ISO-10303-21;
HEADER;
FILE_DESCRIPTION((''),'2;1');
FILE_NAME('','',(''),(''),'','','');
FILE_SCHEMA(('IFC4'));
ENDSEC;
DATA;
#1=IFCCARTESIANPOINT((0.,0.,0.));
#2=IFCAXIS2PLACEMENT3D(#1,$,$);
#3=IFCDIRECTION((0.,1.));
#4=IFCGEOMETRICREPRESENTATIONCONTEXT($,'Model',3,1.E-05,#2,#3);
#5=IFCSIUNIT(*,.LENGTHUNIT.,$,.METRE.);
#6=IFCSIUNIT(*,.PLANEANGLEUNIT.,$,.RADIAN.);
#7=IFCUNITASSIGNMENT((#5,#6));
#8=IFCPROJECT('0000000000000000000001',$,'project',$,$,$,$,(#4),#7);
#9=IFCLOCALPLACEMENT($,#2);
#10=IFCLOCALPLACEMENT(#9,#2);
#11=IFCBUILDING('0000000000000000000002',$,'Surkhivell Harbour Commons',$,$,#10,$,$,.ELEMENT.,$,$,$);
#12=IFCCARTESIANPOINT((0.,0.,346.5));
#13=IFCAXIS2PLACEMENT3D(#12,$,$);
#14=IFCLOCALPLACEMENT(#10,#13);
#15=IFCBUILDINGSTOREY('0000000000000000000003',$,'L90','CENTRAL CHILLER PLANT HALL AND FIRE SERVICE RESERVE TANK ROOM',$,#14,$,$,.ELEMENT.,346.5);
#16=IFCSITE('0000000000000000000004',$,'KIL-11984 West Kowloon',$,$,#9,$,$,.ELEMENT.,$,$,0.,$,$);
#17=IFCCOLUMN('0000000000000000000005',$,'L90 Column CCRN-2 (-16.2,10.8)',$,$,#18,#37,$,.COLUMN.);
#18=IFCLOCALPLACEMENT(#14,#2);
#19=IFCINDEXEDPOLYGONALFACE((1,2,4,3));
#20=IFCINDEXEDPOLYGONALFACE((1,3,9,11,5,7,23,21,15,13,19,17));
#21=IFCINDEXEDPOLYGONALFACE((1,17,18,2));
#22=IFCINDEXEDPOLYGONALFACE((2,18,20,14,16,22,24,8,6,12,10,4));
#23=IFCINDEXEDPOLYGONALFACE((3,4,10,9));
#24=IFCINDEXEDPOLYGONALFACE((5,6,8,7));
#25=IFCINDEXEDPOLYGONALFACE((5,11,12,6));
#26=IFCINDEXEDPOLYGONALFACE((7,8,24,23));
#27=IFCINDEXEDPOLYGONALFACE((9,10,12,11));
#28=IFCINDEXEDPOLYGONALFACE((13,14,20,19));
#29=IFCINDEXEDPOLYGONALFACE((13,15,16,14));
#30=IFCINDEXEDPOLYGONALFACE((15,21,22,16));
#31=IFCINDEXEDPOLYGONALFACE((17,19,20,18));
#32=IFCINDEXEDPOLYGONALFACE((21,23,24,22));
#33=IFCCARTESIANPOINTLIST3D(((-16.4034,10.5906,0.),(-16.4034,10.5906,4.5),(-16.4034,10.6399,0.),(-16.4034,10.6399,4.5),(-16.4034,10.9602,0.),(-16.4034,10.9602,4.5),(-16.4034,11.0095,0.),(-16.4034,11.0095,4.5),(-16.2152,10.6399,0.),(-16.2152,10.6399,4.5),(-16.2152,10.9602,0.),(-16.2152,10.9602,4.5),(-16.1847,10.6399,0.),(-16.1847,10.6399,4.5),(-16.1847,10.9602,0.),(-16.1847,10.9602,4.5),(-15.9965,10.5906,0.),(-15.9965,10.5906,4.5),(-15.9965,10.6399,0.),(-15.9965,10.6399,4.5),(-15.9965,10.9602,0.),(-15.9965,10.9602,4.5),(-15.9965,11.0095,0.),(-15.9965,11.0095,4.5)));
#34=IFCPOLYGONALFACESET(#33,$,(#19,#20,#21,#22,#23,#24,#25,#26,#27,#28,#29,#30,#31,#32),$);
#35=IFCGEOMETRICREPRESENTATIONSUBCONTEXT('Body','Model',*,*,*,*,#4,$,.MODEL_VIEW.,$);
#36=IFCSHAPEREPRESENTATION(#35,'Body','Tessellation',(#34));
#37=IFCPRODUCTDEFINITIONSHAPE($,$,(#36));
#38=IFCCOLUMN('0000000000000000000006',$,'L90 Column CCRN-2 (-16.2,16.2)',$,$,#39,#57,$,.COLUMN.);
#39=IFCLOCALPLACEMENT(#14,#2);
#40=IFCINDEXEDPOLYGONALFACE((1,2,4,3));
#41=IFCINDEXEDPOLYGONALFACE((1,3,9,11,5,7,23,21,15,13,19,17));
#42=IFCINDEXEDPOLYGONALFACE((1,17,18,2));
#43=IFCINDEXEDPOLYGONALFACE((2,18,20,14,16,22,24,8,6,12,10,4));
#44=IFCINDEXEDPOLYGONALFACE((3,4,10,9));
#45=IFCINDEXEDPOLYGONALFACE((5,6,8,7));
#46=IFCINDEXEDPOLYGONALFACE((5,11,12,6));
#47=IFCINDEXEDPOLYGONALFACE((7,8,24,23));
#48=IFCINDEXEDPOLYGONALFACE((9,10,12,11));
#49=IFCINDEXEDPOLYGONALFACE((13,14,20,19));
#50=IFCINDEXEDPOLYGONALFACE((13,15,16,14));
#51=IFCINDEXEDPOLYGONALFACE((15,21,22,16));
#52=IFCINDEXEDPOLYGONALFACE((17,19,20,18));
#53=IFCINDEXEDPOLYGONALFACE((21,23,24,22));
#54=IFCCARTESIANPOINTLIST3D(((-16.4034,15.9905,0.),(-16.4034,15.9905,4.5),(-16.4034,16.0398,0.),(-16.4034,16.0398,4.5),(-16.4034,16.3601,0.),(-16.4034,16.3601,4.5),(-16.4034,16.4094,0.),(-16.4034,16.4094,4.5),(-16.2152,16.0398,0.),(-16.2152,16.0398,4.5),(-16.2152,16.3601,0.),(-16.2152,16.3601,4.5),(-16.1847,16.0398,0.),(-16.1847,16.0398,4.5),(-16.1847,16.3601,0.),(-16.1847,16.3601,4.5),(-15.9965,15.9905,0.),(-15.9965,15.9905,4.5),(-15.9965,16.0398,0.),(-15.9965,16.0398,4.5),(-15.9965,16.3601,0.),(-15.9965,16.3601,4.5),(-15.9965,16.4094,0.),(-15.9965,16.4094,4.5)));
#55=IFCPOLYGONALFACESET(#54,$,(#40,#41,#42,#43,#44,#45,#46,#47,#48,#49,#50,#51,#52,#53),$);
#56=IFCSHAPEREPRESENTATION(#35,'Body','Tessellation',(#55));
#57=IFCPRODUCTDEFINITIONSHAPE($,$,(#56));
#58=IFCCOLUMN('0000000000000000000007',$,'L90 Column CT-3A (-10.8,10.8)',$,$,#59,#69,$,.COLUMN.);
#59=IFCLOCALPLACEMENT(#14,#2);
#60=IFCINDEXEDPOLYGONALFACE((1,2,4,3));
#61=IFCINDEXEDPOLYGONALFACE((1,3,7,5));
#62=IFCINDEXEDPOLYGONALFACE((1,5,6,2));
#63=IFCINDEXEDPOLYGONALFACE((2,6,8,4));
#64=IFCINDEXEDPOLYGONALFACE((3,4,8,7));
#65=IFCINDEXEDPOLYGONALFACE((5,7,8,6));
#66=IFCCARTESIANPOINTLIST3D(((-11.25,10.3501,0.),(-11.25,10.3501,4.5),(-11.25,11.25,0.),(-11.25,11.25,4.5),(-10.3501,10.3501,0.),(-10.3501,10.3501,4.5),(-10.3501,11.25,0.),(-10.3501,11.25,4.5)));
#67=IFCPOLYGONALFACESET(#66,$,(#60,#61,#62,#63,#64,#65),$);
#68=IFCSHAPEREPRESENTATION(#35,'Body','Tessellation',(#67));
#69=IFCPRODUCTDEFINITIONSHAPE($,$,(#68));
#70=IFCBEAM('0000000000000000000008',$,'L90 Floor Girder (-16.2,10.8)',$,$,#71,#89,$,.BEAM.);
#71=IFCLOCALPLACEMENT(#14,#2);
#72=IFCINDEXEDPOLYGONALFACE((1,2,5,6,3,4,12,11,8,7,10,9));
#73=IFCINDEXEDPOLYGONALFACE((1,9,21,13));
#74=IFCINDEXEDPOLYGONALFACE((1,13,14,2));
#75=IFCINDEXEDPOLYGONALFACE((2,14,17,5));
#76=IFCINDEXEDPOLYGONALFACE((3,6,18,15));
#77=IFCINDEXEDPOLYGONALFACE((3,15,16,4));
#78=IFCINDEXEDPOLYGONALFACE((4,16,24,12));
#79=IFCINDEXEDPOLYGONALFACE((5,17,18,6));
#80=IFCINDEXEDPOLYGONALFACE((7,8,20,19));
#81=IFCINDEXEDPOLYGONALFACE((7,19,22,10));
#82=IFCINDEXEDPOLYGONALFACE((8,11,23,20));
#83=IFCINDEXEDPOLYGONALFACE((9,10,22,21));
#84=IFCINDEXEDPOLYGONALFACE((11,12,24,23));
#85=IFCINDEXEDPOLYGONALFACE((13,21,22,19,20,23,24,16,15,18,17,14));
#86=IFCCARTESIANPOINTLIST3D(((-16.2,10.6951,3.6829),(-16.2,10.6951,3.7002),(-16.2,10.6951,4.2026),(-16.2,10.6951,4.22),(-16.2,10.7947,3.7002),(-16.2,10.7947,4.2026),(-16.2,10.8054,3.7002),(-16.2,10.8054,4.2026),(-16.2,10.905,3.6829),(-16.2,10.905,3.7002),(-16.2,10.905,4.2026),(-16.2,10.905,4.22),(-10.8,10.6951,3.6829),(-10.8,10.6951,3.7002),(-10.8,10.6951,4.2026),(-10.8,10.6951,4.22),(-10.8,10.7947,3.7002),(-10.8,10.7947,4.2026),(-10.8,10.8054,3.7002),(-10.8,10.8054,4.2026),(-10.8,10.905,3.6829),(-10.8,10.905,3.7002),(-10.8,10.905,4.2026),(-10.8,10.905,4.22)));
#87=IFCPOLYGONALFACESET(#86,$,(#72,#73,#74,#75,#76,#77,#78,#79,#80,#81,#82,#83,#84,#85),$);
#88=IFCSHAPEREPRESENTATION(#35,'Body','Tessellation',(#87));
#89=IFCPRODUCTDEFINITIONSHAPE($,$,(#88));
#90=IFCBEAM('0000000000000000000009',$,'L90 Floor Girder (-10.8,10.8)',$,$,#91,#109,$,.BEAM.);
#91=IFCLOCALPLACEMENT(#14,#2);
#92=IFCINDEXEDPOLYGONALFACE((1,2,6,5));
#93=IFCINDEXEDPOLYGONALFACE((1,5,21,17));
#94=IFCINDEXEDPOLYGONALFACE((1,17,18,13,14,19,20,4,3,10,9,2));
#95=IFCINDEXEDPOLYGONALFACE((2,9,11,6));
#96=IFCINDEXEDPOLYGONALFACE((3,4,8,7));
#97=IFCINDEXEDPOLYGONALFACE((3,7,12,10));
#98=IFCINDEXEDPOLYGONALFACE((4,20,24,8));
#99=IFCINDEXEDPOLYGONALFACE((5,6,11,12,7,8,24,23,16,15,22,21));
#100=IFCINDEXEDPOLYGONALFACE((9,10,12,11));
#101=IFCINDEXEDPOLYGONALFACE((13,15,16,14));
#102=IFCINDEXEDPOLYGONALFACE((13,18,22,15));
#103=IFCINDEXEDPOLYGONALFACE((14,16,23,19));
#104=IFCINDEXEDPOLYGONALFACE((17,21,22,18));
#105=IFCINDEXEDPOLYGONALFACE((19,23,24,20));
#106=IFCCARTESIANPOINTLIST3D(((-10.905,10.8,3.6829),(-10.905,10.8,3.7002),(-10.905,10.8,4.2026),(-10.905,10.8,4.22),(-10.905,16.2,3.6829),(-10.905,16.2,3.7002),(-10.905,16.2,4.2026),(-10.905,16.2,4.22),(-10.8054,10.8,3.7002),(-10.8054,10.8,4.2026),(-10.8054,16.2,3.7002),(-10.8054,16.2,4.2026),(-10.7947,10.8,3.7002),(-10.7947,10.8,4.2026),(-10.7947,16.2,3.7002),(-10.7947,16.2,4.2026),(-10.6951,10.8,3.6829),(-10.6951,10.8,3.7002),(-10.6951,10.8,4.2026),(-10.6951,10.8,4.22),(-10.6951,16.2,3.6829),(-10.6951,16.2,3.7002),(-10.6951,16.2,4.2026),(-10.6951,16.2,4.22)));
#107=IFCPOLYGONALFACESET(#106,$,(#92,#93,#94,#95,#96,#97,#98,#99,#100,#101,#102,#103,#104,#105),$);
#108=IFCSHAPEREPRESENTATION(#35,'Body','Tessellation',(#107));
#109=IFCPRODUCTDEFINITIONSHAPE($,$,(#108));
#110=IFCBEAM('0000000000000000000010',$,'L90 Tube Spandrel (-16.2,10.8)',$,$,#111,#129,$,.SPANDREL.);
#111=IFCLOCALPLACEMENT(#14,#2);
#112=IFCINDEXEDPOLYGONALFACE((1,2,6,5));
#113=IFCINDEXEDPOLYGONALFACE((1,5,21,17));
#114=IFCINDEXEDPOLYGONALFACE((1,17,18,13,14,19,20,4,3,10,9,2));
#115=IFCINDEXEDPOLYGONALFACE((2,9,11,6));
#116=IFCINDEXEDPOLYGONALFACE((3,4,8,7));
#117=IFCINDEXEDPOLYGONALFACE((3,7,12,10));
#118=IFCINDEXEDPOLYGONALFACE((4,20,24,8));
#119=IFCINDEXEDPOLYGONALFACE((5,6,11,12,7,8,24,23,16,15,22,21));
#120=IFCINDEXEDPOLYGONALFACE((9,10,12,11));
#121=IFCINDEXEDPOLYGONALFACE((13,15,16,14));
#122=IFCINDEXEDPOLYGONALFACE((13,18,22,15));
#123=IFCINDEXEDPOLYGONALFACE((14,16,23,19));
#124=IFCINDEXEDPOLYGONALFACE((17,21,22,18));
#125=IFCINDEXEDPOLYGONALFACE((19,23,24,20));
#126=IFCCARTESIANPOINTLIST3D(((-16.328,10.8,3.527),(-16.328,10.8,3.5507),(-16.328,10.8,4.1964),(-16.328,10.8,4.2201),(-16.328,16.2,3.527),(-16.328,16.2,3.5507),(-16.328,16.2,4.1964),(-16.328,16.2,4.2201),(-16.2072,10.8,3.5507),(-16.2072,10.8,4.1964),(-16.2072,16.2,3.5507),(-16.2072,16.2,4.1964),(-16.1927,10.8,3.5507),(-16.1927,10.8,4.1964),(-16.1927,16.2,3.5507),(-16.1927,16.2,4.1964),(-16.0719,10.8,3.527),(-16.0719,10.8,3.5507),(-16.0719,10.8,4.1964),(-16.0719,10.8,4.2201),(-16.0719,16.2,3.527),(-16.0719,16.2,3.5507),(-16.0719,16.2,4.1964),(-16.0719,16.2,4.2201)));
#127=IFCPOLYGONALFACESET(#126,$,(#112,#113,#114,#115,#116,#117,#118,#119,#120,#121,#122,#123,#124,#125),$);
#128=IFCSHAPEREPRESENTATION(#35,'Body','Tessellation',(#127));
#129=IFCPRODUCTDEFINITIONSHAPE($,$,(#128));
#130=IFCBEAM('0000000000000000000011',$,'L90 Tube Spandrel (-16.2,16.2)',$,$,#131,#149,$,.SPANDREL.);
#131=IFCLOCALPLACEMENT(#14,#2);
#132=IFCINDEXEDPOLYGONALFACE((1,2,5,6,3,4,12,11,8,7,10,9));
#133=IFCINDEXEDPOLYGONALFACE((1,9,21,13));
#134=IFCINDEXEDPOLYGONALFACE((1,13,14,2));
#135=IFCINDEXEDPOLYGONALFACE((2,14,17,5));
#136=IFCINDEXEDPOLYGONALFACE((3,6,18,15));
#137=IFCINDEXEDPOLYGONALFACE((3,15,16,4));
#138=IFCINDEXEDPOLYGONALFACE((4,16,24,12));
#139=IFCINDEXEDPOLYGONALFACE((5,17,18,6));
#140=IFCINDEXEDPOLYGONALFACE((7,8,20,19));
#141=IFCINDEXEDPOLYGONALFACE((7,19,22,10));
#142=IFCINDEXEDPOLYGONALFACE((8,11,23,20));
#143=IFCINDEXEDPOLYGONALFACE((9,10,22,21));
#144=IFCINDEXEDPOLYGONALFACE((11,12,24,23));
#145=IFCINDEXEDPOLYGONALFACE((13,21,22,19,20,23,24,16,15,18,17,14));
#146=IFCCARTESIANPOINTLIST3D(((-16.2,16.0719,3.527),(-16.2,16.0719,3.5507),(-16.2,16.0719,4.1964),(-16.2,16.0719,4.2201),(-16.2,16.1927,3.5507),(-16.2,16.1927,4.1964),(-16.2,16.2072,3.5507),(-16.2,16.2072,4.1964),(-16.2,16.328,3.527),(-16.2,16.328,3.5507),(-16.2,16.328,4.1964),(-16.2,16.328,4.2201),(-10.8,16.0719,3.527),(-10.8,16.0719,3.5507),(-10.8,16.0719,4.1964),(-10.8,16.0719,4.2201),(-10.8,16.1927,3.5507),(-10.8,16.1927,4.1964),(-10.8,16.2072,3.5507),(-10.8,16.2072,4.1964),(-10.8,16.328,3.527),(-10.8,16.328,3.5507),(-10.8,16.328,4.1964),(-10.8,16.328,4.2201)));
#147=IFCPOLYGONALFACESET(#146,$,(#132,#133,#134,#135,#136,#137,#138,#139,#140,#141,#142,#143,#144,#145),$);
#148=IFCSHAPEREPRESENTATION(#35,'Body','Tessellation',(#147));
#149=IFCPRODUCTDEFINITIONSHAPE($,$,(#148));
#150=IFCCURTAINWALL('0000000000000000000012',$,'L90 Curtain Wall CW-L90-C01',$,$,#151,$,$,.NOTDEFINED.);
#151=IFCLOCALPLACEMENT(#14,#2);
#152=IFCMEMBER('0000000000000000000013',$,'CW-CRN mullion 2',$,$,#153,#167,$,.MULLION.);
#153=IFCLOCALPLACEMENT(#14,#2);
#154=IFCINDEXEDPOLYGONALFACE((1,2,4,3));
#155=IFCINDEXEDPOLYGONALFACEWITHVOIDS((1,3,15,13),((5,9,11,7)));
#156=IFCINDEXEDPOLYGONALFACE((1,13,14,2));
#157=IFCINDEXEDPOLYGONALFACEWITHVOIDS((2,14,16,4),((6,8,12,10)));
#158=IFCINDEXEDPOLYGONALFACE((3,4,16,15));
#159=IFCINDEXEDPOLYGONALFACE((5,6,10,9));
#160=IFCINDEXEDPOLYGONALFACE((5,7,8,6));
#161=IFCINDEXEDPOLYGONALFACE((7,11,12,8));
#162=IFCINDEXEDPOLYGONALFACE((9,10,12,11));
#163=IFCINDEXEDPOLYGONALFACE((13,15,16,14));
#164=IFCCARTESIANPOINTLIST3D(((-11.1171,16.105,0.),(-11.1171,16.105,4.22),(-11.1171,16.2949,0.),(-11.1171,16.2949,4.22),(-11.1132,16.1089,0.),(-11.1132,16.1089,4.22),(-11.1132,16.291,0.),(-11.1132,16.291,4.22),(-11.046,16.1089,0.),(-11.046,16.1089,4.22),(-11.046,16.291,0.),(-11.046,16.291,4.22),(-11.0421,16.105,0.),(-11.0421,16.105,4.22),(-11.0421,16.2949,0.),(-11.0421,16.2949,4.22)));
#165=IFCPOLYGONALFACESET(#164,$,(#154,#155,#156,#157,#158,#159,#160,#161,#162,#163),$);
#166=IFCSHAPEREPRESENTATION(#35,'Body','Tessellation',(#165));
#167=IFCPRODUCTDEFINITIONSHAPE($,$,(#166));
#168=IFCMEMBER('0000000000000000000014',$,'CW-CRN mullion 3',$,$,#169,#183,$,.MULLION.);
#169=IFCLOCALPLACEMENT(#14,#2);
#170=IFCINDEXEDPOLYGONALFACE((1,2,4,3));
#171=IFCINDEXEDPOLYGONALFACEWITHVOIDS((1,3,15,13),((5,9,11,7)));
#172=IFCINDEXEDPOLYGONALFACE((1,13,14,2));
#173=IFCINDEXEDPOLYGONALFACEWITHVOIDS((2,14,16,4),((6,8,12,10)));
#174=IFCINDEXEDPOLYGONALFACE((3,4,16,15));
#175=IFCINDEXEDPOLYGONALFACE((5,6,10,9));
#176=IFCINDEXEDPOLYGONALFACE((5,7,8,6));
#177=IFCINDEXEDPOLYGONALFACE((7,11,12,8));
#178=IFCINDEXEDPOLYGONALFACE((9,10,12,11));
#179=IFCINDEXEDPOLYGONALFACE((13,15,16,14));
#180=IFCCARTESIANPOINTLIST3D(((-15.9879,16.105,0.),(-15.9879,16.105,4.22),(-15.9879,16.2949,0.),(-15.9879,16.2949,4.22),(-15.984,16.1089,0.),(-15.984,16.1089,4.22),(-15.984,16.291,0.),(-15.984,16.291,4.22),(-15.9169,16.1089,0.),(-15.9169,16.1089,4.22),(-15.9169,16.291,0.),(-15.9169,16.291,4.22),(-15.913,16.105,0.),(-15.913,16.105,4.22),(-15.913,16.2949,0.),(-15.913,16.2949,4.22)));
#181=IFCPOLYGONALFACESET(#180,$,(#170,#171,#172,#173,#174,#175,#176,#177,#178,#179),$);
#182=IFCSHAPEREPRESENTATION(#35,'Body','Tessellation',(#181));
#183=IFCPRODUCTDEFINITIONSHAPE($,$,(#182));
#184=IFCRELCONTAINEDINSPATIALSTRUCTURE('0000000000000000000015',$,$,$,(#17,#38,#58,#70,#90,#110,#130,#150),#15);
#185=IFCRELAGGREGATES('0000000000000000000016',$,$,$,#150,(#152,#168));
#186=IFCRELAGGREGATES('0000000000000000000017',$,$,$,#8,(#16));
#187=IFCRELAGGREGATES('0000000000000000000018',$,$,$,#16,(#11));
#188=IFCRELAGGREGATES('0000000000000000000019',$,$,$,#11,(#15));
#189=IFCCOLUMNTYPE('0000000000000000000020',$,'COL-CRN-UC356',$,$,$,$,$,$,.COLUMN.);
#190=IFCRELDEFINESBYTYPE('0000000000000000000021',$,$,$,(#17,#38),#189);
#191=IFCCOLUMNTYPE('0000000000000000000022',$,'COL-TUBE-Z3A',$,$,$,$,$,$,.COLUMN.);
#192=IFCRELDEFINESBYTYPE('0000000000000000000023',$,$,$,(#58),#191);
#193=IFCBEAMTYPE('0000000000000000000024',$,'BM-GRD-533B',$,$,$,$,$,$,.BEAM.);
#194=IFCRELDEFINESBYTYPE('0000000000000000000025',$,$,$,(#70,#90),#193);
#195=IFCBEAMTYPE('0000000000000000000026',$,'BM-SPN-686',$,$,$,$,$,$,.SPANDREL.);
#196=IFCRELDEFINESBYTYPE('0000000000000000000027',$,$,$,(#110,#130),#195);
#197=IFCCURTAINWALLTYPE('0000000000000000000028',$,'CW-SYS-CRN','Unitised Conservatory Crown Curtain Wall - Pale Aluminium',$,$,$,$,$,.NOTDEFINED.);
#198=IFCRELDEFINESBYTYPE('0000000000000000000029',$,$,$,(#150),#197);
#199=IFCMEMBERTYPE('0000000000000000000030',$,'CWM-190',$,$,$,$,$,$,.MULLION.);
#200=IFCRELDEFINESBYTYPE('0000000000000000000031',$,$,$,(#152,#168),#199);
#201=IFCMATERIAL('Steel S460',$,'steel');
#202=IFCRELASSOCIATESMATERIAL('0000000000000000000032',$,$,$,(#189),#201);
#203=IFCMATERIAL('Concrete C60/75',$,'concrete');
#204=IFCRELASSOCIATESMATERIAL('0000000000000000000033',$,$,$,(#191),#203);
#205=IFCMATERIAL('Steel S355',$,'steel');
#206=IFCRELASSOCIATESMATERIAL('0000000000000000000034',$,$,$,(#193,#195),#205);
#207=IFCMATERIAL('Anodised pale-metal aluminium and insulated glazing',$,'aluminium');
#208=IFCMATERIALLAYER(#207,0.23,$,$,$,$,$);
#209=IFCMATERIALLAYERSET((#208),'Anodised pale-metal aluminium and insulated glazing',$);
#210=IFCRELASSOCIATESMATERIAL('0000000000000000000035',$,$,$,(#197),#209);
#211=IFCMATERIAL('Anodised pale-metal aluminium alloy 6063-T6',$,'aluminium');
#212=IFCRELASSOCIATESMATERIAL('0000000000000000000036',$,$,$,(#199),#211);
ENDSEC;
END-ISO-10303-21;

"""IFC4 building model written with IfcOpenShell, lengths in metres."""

from ifc_helpers import new_model, si_unit, direction, frame, origin, origin_2d, place, context, subcontext, project, spatial, rectangle, hollow_rectangle, i_section, extrude, material, layer, layer_set, material_profile, profile_set, type_object, element, aggregate, save


model = new_model("IFC4")

# Units and contexts
model_context = context("Model", 3, precision=1e-05, world=origin(), true_north=direction((0.0, 1.0)))
body_context = subcontext(model_context, "Body", "Model", "MODEL_VIEW")
ifc_project = project(units=[si_unit("LENGTHUNIT", "METRE"), si_unit("PLANEANGLEUNIT", "RADIAN")], contexts=[model_context])

# Site, building, storey
site_placement = place(None, origin())
site = spatial("IfcSite", under=ifc_project, at=site_placement, Name="KIL-11984 West Kowloon", CompositionType="ELEMENT", RefElevation=0.0)
building_placement = place(site_placement, origin())
building = spatial("IfcBuilding", under=site, at=building_placement, Name="Surkhivell Harbour Commons", CompositionType="ELEMENT")
storey_placement = place(building_placement, frame((0.0, 0.0, 346.5)))
storey = spatial("IfcBuildingStorey", under=building, at=storey_placement, Name="L90", Description="CENTRAL CHILLER PLANT HALL AND FIRE SERVICE RESERVE TANK ROOM", CompositionType="ELEMENT", Elevation=346.5)

# Columns
ifc_material_1 = material(Name="Steel S460", Category="steel")
ifc_material_profile_1 = material_profile(ifc_material_1, i_section(OverallWidth=0.407, OverallDepth=0.4189, WebThickness=0.0305, FlangeThickness=0.0493, at=origin_2d()), Name="UC356x406x393")
ifc_profile_set_1 = profile_set([ifc_material_profile_1], Name="Steel S460")
column_type_1 = type_object("IfcColumnType", Name="COL-CRN-UC356", PredefinedType="COLUMN", material=ifc_profile_set_1)
for number, where, z_axis, x_axis, name in (
    (1, (-16.2, 10.8, 0.0), (0.0, 0.0, 1.0), (1.0, 0.0, 0.0), "L90 Column CCRN-2 (-16.2,10.8)"),
    (2, (-16.2, 16.2, 0.0), (0.0, 0.0, 1.0), (1.0, 0.0, 0.0), "L90 Column CCRN-2 (-16.2,16.2)"),
):
    element("IfcColumn", number, at=place(storey_placement, frame(where, z_axis=z_axis, x_axis=x_axis)), inside=storey, type_object=column_type_1, Name=name, PredefinedType="COLUMN", context=body_context, shape_type="SweptSolid", body=[
        extrude(i_section(OverallWidth=0.407, OverallDepth=0.4189, WebThickness=0.0305, FlangeThickness=0.0493, at=origin_2d()), origin(), (0.0, 0.0, 1.0), 4.5),
    ])
ifc_material_2 = material(Name="Concrete C60/75", Category="concrete")
ifc_material_profile_2 = material_profile(ifc_material_2, rectangle(XDim=0.8999, YDim=0.8999, at=origin_2d()), Name="RC-COL-900x900")
ifc_profile_set_2 = profile_set([ifc_material_profile_2], Name="Concrete C60/75")
column_type_2 = type_object("IfcColumnType", Name="COL-TUBE-Z3A", PredefinedType="COLUMN", material=ifc_profile_set_2)
column_placement = place(storey_placement, frame((-10.8, 10.8, 0.0), z_axis=(0.0, 0.0, 1.0), x_axis=(1.0, 0.0, 0.0)))
element("IfcColumn", 3, at=column_placement, inside=storey, type_object=column_type_2, Name="L90 Column CT-3A (-10.8,10.8)", PredefinedType="COLUMN", context=body_context, shape_type="SweptSolid", body=[
    extrude(rectangle(XDim=0.8999, YDim=0.8999, at=origin_2d()), origin(), (0.0, 0.0, 1.0), 4.5),
])

# Beams
ifc_material_3 = material(Name="Steel S355", Category="steel")
ifc_material_profile_3 = material_profile(ifc_material_3, i_section(OverallWidth=0.21, OverallDepth=0.5371, WebThickness=0.0107, FlangeThickness=0.0173, at=origin_2d()), Name="UB533x210x101")
ifc_profile_set_3 = profile_set([ifc_material_profile_3], Name="Steel S355")
beam_type_1 = type_object("IfcBeamType", Name="BM-GRD-533B", PredefinedType="BEAM", material=ifc_profile_set_3)
for number, where, z_axis, x_axis, name in (
    (4, (-16.2, 10.8, 3.9514), (1.0, 0.0, 0.0), (0.0, 1.0, 0.0), "L90 Floor Girder (-16.2,10.8)"),
    (5, (-10.8, 10.8, 3.9514), (0.0, 1.0, 0.0), (-1.0, 0.0, 0.0), "L90 Floor Girder (-10.8,10.8)"),
):
    element("IfcBeam", number, at=place(storey_placement, frame(where, z_axis=z_axis, x_axis=x_axis)), inside=storey, type_object=beam_type_1, Name=name, PredefinedType="BEAM", context=body_context, shape_type="SweptSolid", body=[
        extrude(i_section(OverallWidth=0.21, OverallDepth=0.5371, WebThickness=0.0107, FlangeThickness=0.0173, at=origin_2d()), origin(), (0.0, 0.0, 1.0), 5.3999),
    ])
ifc_material_profile_4 = material_profile(ifc_material_3, i_section(OverallWidth=0.2561, OverallDepth=0.6931, WebThickness=0.0144, FlangeThickness=0.0237, at=origin_2d()), Name="UB686x254x170")
ifc_profile_set_4 = profile_set([ifc_material_profile_4], Name="Steel S355")
beam_type_2 = type_object("IfcBeamType", Name="BM-SPN-686", PredefinedType="SPANDREL", material=ifc_profile_set_4)
for number, where, z_axis, x_axis, name in (
    (6, (-16.2, 10.8, 3.8735), (0.0, 1.0, 0.0), (-1.0, 0.0, 0.0), "L90 Tube Spandrel (-16.2,10.8)"),
    (7, (-16.2, 16.2, 3.8735), (1.0, 0.0, 0.0), (0.0, 1.0, 0.0), "L90 Tube Spandrel (-16.2,16.2)"),
):
    element("IfcBeam", number, at=place(storey_placement, frame(where, z_axis=z_axis, x_axis=x_axis)), inside=storey, type_object=beam_type_2, Name=name, PredefinedType="SPANDREL", context=body_context, shape_type="SweptSolid", body=[
        extrude(i_section(OverallWidth=0.2561, OverallDepth=0.6931, WebThickness=0.0144, FlangeThickness=0.0237, at=origin_2d()), origin(), (0.0, 0.0, 1.0), 5.3999),
    ])

# Curtain wall, members
ifc_material_4 = material(Name="Anodised pale-metal aluminium and insulated glazing", Category="aluminium")
ifc_layer_1 = layer(ifc_material_4, 0.23)
ifc_layer_set_1 = layer_set([ifc_layer_1], Name="Anodised pale-metal aluminium and insulated glazing")
curtain_wall_type = type_object("IfcCurtainWallType", Name="CW-SYS-CRN", Description="Unitised Conservatory Crown Curtain Wall - Pale Aluminium", PredefinedType="NOTDEFINED", material=ifc_layer_set_1)
curtain_wall_1_placement = place(storey_placement, origin())
curtain_wall_1 = element("IfcCurtainWall", 8, at=curtain_wall_1_placement, inside=storey, type_object=curtain_wall_type, Name="L90 Curtain Wall CW-L90-C01", PredefinedType="NOTDEFINED")
ifc_material_5 = material(Name="Anodised pale-metal aluminium alloy 6063-T6", Category="aluminium")
ifc_material_profile_5 = material_profile(ifc_material_5, hollow_rectangle(XDim=0.075, YDim=0.1899, WallThickness=0.0039, at=origin_2d()), Name="ALU-MULL-75x190")
ifc_profile_set_5 = profile_set([ifc_material_profile_5], Name="Anodised pale-metal aluminium alloy 6063-T6")
member_type_1 = type_object("IfcMemberType", Name="CWM-190", PredefinedType="MULLION", material=ifc_profile_set_5)
member_1_placement = place(storey_placement, frame((-11.0796, 16.2, 0.0), z_axis=(0.0, 0.0, 1.0), x_axis=(-1.0, 0.0, 0.0)))
member_1 = element("IfcMember", 9, at=member_1_placement, type_object=member_type_1, Name="CW-CRN mullion 2", PredefinedType="MULLION", context=body_context, shape_type="SweptSolid", body=[
    extrude(hollow_rectangle(XDim=0.075, YDim=0.1899, WallThickness=0.0039, at=origin_2d()), origin(), (0.0, 0.0, 1.0), 4.22),
])
member_2_placement = place(storey_placement, frame((-15.9504, 16.2, 0.0), z_axis=(0.0, 0.0, 1.0), x_axis=(-1.0, 0.0, 0.0)))
member_2 = element("IfcMember", 10, at=member_2_placement, type_object=member_type_1, Name="CW-CRN mullion 3", PredefinedType="MULLION", context=body_context, shape_type="SweptSolid", body=[
    extrude(hollow_rectangle(XDim=0.075, YDim=0.1899, WallThickness=0.0039, at=origin_2d()), origin(), (0.0, 0.0, 1.0), 4.22),
])

aggregate(curtain_wall_1, [member_1, member_2])

save(model, "model.ifc")
